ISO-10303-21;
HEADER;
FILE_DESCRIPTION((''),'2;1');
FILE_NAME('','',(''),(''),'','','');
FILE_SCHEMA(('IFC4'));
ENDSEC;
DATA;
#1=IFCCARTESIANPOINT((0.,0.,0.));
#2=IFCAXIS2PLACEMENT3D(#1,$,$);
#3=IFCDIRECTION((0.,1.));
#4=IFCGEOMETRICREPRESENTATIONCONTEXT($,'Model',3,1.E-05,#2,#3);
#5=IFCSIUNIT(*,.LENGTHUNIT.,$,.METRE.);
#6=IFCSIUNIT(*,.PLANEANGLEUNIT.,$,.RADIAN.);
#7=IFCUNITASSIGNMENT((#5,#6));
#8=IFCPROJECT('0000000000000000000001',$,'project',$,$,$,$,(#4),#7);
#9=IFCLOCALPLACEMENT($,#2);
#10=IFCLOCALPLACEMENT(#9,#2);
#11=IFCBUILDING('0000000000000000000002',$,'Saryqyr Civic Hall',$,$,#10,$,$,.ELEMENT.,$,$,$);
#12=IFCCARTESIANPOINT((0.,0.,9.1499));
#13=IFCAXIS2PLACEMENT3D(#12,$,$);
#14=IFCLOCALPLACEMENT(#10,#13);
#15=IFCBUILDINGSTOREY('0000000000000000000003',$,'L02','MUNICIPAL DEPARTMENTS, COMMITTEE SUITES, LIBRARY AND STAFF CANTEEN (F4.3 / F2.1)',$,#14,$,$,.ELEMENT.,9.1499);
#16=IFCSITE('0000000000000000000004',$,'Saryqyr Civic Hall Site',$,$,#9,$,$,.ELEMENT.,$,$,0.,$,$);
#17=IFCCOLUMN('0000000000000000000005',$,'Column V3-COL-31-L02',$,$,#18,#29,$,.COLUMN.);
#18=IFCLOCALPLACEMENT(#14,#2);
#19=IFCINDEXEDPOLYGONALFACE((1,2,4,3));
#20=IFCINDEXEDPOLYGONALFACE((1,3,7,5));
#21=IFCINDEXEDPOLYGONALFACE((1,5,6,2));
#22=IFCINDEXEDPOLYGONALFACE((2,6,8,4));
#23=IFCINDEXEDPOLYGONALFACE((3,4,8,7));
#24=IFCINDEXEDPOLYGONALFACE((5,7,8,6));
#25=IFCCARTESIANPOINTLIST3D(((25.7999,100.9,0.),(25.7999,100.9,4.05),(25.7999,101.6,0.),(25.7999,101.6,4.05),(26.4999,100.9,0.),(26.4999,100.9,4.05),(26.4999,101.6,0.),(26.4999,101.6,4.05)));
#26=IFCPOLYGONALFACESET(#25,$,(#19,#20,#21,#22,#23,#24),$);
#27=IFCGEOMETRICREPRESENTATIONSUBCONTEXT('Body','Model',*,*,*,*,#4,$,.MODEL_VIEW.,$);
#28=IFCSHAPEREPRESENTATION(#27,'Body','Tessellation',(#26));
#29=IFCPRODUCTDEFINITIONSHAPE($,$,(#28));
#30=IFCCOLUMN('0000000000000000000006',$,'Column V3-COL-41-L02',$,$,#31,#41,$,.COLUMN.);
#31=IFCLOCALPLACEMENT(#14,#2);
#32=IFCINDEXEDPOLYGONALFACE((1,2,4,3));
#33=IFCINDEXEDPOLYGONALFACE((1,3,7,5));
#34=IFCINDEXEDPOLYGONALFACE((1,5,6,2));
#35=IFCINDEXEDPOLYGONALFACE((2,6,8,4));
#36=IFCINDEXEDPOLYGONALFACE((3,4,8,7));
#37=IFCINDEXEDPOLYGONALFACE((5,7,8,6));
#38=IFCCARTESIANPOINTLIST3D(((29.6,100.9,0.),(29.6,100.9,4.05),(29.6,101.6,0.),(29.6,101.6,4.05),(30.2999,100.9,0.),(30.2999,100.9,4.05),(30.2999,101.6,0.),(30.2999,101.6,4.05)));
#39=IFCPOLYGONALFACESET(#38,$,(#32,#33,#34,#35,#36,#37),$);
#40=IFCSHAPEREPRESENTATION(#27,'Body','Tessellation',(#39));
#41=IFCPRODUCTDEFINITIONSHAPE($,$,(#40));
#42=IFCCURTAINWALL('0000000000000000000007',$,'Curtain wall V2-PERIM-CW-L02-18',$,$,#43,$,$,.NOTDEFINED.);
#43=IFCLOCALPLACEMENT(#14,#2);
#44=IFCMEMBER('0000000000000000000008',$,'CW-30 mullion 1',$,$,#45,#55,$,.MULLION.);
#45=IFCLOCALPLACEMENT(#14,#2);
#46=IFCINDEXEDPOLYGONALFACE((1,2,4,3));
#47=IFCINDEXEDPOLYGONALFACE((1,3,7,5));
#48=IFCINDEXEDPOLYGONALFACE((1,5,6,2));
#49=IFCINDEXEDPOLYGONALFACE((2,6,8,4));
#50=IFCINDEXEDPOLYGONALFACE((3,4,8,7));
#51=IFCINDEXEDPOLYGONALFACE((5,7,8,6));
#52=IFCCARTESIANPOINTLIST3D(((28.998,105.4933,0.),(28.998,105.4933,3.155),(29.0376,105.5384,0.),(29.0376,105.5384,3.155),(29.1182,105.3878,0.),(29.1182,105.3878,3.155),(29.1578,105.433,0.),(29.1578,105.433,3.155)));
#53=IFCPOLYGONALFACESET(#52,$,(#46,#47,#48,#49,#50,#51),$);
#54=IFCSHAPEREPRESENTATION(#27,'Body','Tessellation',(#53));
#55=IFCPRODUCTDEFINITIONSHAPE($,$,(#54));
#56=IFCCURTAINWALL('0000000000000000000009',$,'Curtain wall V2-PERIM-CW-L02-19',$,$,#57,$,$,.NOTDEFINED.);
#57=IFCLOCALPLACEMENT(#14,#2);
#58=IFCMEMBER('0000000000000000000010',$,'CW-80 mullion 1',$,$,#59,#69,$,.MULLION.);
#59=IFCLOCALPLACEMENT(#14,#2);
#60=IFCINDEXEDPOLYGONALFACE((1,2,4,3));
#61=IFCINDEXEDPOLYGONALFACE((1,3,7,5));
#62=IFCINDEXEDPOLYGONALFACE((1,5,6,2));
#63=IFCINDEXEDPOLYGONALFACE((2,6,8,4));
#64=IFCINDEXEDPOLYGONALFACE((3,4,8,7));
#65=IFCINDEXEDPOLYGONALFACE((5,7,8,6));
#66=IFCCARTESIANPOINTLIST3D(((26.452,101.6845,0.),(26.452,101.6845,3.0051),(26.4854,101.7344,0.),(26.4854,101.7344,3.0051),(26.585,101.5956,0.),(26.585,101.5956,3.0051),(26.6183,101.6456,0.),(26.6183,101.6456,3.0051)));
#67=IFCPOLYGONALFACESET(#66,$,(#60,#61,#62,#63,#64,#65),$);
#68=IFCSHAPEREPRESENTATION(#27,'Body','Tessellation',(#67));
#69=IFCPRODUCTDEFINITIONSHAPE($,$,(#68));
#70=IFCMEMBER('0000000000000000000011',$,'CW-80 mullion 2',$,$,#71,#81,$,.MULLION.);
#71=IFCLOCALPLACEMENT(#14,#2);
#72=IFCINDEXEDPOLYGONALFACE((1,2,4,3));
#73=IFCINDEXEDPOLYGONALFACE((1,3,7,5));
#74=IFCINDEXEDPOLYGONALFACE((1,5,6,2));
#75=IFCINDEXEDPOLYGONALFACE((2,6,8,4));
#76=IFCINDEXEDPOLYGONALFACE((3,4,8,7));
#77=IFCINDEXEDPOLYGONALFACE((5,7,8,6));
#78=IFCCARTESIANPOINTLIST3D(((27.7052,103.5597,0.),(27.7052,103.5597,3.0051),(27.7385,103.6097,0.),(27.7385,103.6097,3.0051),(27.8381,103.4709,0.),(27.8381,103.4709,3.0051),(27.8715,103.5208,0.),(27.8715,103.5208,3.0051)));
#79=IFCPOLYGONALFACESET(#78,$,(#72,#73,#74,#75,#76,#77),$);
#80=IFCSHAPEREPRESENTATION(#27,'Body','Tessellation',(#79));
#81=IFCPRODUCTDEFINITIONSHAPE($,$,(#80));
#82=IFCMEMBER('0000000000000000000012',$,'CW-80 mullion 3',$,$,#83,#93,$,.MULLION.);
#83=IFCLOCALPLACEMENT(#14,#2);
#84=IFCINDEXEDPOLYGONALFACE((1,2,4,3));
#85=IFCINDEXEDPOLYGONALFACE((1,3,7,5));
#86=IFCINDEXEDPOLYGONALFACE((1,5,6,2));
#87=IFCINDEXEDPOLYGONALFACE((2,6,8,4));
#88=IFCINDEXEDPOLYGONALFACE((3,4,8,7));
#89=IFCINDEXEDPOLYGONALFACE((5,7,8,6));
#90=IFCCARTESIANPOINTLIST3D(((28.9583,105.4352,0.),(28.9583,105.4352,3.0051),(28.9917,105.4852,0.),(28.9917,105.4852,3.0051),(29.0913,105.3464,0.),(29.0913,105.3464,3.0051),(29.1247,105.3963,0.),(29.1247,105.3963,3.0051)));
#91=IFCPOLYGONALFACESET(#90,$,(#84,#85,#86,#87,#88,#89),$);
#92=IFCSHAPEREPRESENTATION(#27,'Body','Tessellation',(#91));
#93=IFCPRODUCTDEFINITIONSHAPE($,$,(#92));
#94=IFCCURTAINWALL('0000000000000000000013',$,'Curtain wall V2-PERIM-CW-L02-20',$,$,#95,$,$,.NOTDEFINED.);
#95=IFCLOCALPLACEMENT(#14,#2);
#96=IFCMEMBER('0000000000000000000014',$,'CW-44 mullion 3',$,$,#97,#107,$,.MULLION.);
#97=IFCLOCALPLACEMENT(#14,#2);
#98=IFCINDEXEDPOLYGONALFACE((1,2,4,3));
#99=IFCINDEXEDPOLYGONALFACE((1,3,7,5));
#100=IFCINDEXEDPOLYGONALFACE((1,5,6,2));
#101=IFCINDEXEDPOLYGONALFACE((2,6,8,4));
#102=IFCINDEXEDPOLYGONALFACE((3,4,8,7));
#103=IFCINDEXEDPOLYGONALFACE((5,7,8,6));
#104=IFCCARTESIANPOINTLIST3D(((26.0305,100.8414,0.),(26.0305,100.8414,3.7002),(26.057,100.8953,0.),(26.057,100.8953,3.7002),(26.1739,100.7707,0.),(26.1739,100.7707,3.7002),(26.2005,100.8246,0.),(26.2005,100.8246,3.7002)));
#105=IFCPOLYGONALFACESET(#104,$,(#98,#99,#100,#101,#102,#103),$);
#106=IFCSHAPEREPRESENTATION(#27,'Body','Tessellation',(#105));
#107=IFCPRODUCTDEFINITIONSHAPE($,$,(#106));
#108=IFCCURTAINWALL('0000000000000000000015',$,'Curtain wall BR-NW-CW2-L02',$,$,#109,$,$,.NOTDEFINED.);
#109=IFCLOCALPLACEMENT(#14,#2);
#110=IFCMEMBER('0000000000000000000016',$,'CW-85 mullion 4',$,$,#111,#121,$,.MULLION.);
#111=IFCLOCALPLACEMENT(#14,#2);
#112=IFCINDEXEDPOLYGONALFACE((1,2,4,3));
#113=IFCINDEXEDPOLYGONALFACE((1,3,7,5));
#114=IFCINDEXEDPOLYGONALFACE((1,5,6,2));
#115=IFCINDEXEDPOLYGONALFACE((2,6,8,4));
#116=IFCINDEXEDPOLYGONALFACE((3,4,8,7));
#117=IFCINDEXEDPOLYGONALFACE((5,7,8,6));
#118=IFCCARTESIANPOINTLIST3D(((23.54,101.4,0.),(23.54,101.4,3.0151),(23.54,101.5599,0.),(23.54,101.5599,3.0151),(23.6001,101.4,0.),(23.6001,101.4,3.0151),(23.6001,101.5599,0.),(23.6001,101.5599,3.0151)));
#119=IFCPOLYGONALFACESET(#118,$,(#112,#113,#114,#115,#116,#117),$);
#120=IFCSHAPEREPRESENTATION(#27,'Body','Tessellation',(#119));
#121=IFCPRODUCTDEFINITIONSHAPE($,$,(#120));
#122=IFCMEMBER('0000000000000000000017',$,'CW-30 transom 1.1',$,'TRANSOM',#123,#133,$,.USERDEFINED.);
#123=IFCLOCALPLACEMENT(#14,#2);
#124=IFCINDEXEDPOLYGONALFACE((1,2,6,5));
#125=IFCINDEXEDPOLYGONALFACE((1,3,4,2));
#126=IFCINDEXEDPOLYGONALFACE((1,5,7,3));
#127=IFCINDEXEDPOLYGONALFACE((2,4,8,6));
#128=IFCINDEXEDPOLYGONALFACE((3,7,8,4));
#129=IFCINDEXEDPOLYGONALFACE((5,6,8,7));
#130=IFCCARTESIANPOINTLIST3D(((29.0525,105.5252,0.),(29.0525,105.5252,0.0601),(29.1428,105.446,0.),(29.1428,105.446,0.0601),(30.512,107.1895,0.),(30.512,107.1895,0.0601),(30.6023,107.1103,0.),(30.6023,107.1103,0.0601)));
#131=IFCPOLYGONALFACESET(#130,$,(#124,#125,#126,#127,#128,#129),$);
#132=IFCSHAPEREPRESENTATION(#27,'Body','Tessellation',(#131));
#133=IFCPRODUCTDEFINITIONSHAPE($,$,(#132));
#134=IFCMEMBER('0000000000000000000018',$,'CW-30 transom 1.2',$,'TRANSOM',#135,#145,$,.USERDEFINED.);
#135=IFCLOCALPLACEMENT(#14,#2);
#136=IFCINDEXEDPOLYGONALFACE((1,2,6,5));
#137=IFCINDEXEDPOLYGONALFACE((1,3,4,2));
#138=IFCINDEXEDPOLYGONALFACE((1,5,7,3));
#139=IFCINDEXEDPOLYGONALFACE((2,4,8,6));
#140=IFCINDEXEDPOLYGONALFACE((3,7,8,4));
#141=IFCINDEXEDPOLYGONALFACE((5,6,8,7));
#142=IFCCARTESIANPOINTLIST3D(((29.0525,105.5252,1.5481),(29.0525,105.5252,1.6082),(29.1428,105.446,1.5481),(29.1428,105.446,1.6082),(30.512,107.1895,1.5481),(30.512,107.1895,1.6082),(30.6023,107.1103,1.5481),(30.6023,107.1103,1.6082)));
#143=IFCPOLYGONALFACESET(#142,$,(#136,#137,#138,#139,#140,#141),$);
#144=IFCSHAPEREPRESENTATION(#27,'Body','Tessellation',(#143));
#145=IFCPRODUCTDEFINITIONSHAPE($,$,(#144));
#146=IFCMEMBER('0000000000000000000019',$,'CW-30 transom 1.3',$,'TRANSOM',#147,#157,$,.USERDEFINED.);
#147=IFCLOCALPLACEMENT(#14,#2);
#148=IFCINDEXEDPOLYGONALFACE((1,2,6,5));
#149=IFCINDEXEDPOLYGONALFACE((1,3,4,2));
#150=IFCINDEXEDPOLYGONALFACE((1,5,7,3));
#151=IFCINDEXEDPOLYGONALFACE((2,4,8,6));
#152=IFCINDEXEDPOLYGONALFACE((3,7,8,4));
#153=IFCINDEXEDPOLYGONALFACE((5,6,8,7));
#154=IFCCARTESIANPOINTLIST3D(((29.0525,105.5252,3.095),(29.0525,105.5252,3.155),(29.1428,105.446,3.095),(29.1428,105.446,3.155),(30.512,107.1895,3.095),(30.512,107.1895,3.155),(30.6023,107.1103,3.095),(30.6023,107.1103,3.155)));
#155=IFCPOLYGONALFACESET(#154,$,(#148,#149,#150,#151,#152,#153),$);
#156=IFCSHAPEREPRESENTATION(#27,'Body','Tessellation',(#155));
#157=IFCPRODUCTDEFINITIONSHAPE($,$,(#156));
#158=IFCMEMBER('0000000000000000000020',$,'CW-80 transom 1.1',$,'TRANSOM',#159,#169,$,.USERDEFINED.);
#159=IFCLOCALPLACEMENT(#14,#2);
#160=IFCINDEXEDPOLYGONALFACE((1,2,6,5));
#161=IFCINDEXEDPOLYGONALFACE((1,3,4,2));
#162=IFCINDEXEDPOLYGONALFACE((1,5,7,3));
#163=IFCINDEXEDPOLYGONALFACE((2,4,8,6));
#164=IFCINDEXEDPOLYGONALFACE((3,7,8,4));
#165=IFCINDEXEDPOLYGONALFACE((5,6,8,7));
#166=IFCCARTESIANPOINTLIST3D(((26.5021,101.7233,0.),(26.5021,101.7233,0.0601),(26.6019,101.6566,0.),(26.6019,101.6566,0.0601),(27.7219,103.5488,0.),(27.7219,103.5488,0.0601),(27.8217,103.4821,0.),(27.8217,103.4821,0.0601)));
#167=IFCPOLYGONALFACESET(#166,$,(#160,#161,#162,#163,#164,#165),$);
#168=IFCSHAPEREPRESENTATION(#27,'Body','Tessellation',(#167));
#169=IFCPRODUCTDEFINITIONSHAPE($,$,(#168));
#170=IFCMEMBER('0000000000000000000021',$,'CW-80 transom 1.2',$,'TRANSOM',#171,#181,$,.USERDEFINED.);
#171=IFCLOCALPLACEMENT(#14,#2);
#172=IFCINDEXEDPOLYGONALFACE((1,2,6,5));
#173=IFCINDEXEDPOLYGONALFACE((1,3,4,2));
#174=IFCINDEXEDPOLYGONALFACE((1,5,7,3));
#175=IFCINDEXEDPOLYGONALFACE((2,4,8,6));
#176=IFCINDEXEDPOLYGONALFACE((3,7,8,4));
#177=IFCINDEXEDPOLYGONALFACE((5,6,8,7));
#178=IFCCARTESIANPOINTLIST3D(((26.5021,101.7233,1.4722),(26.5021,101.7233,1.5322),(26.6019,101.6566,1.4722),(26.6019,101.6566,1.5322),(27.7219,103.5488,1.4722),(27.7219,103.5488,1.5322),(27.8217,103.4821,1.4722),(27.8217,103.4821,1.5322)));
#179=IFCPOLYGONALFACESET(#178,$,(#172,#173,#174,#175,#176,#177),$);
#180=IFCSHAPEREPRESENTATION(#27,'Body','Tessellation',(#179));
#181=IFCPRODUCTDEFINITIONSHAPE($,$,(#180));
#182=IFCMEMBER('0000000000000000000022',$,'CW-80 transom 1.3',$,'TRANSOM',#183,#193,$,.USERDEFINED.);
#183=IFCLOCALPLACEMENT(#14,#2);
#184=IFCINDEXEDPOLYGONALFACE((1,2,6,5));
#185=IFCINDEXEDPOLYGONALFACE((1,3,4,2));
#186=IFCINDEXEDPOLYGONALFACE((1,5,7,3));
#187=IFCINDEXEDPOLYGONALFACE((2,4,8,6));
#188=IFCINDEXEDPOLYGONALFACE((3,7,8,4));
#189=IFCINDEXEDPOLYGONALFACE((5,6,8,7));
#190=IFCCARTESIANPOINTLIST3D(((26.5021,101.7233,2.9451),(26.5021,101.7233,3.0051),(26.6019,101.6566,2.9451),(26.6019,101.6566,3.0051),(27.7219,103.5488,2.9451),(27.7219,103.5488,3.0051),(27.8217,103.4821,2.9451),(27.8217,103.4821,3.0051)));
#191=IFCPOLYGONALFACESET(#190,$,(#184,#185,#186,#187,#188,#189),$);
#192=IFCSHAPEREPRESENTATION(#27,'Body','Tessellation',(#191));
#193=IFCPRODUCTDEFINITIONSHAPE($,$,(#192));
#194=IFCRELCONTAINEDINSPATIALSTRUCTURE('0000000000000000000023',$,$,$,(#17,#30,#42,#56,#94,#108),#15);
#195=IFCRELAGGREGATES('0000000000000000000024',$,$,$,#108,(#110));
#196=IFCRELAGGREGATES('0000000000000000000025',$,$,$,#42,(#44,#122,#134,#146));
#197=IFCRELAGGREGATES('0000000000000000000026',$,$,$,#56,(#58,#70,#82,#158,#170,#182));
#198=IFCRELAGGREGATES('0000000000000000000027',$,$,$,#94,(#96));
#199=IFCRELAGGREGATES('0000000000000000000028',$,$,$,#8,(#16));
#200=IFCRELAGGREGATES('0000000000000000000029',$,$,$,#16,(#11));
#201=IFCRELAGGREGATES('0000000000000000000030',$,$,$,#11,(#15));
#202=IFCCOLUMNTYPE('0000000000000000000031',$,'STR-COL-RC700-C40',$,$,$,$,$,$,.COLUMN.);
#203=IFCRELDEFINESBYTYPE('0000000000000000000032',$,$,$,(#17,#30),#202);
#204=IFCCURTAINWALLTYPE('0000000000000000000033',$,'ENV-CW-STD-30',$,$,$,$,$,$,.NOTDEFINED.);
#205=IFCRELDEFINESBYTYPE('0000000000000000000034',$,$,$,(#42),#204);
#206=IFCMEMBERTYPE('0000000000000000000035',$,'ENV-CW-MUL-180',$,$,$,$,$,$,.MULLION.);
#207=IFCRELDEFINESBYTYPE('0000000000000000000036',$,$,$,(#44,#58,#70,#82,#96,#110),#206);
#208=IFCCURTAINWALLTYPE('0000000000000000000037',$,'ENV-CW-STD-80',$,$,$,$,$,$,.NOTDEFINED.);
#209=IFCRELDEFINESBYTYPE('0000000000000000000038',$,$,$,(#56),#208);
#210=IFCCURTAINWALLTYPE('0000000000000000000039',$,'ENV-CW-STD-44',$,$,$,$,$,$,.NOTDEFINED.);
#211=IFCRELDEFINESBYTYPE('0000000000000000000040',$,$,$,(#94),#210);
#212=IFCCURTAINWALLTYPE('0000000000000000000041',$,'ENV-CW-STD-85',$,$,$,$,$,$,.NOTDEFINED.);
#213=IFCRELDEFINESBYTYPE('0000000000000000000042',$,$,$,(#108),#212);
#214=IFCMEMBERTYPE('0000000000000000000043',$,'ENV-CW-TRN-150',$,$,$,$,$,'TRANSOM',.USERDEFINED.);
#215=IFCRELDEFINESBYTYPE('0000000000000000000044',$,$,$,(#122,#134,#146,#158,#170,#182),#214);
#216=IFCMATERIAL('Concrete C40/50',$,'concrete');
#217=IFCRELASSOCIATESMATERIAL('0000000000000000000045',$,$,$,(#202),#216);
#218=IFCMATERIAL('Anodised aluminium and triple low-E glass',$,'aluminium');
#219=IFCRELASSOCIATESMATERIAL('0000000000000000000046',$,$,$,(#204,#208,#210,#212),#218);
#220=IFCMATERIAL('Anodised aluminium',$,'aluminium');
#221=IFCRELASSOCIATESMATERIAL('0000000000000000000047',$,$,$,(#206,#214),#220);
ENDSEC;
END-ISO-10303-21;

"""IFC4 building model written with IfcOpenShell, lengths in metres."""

from ifc_helpers import new_model, si_unit, direction, frame, origin, origin_2d, place, context, subcontext, project, spatial, rectangle, extrude, material, material_profile, profile_set, type_object, element, aggregate, save


model = new_model("IFC4")

# Units and contexts
model_context = context("Model", 3, precision=1e-05, world=origin(), true_north=direction((0.0, 1.0)))
body_context = subcontext(model_context, "Body", "Model", "MODEL_VIEW")
ifc_project = project(units=[si_unit("LENGTHUNIT", "METRE"), si_unit("PLANEANGLEUNIT", "RADIAN")], contexts=[model_context])

# Site, building, storey
site_placement = place(None, origin())
site = spatial("IfcSite", under=ifc_project, at=site_placement, Name="Saryqyr Civic Hall Site", CompositionType="ELEMENT", RefElevation=0.0)
building_placement = place(site_placement, origin())
building = spatial("IfcBuilding", under=site, at=building_placement, Name="Saryqyr Civic Hall", CompositionType="ELEMENT")
storey_placement = place(building_placement, frame((0.0, 0.0, 9.1499)))
storey = spatial("IfcBuildingStorey", under=building, at=storey_placement, Name="L02", Description="MUNICIPAL DEPARTMENTS, COMMITTEE SUITES, LIBRARY AND STAFF CANTEEN (F4.3 / F2.1)", CompositionType="ELEMENT", Elevation=9.1499)

# Columns
ifc_material_1 = material(Name="Concrete C40/50", Category="concrete")
ifc_material_profile_1 = material_profile(ifc_material_1, rectangle(XDim=0.7, YDim=0.7, at=origin_2d()), Name="RC 700x700")
ifc_profile_set_1 = profile_set([ifc_material_profile_1], Name="Concrete C40/50")
column_type = type_object("IfcColumnType", Name="STR-COL-RC700-C40", PredefinedType="COLUMN", material=ifc_profile_set_1)
for number, where, z_axis, x_axis, name in (
    (1, (26.1499, 101.25, 0.0), (0.0, 0.0, 1.0), (1.0, 0.0, 0.0), "Column V3-COL-31-L02"),
    (2, (29.95, 101.25, 0.0), (0.0, 0.0, 1.0), (1.0, 0.0, 0.0), "Column V3-COL-41-L02"),
):
    element("IfcColumn", number, at=place(storey_placement, frame(where, z_axis=z_axis, x_axis=x_axis)), inside=storey, type_object=column_type, Name=name, PredefinedType="COLUMN", context=body_context, shape_type="SweptSolid", body=[
        extrude(rectangle(XDim=0.7, YDim=0.7, at=origin_2d()), origin(), (0.0, 0.0, 1.0), 4.05),
    ])

# Curtain wall, member
ifc_material_2 = material(Name="Anodised aluminium and triple low-E glass", Category="aluminium")
curtain_wall_type_1 = type_object("IfcCurtainWallType", Name="ENV-CW-STD-30", PredefinedType="NOTDEFINED", material=ifc_material_2)
curtain_wall_1_placement = place(storey_placement, origin())
curtain_wall_1 = element("IfcCurtainWall", 3, at=curtain_wall_1_placement, inside=storey, type_object=curtain_wall_type_1, Name="Curtain wall V2-PERIM-CW-L02-18", PredefinedType="NOTDEFINED")
ifc_material_3 = material(Name="Anodised aluminium", Category="aluminium")
ifc_material_profile_2 = material_profile(ifc_material_3, rectangle(XDim=0.0601, YDim=0.1599, at=origin_2d()), Name="ALU MULLION 60x160")
ifc_profile_set_2 = profile_set([ifc_material_profile_2], Name="Anodised aluminium")
member_type_1 = type_object("IfcMemberType", Name="ENV-CW-MUL-180", PredefinedType="MULLION", material=ifc_profile_set_2)
member_1_placement = place(storey_placement, frame((29.0779, 105.4631, 0.0), z_axis=(0.0, 0.0, 1.0), x_axis=(0.659348, 0.751838, 0.0)))
member_1 = element("IfcMember", 4, at=member_1_placement, type_object=member_type_1, Name="CW-30 mullion 1", PredefinedType="MULLION", context=body_context, shape_type="SweptSolid", body=[
    extrude(rectangle(XDim=0.0601, YDim=0.1599, at=origin_2d()), origin(), (0.0, 0.0, 1.0), 3.155),
])

# Curtain wall, members
curtain_wall_type_2 = type_object("IfcCurtainWallType", Name="ENV-CW-STD-80", PredefinedType="NOTDEFINED", material=ifc_material_2)
curtain_wall_2_placement = place(storey_placement, origin())
curtain_wall_2 = element("IfcCurtainWall", 5, at=curtain_wall_2_placement, inside=storey, type_object=curtain_wall_type_2, Name="Curtain wall V2-PERIM-CW-L02-19", PredefinedType="NOTDEFINED")
member_2_placement = place(storey_placement, frame((26.5352, 101.665, 0.0), z_axis=(0.0, 0.0, 1.0), x_axis=(0.555573, 0.831468, 0.0)))
member_2 = element("IfcMember", 6, at=member_2_placement, type_object=member_type_1, Name="CW-80 mullion 1", PredefinedType="MULLION", context=body_context, shape_type="SweptSolid", body=[
    extrude(rectangle(XDim=0.0601, YDim=0.1599, at=origin_2d()), origin(), (0.0, 0.0, 1.0), 3.0051),
])
member_3_placement = place(storey_placement, frame((27.7883, 103.5403, 0.0), z_axis=(0.0, 0.0, 1.0), x_axis=(0.555573, 0.831468, 0.0)))
member_3 = element("IfcMember", 7, at=member_3_placement, type_object=member_type_1, Name="CW-80 mullion 2", PredefinedType="MULLION", context=body_context, shape_type="SweptSolid", body=[
    extrude(rectangle(XDim=0.0601, YDim=0.1599, at=origin_2d()), origin(), (0.0, 0.0, 1.0), 3.0051),
])
member_4_placement = place(storey_placement, frame((29.0415, 105.4158, 0.0), z_axis=(0.0, 0.0, 1.0), x_axis=(0.555573, 0.831468, 0.0)))
member_4 = element("IfcMember", 8, at=member_4_placement, type_object=member_type_1, Name="CW-80 mullion 3", PredefinedType="MULLION", context=body_context, shape_type="SweptSolid", body=[
    extrude(rectangle(XDim=0.0601, YDim=0.1599, at=origin_2d()), origin(), (0.0, 0.0, 1.0), 3.0051),
])

# Curtain walls, members
curtain_wall_type_3 = type_object("IfcCurtainWallType", Name="ENV-CW-STD-44", PredefinedType="NOTDEFINED", material=ifc_material_2)
curtain_wall_3_placement = place(storey_placement, origin())
curtain_wall_3 = element("IfcCurtainWall", 9, at=curtain_wall_3_placement, inside=storey, type_object=curtain_wall_type_3, Name="Curtain wall V2-PERIM-CW-L02-20", PredefinedType="NOTDEFINED")
member_5_placement = place(storey_placement, frame((26.1155, 100.833, 0.0), z_axis=(0.0, 0.0, 1.0), x_axis=(0.442274, 0.89688, 0.0)))
member_5 = element("IfcMember", 10, at=member_5_placement, type_object=member_type_1, Name="CW-44 mullion 3", PredefinedType="MULLION", context=body_context, shape_type="SweptSolid", body=[
    extrude(rectangle(XDim=0.0601, YDim=0.1599, at=origin_2d()), origin(), (0.0, 0.0, 1.0), 3.7002),
])
curtain_wall_type_4 = type_object("IfcCurtainWallType", Name="ENV-CW-STD-85", PredefinedType="NOTDEFINED", material=ifc_material_2)
curtain_wall_4_placement = place(storey_placement, origin())
curtain_wall_4 = element("IfcCurtainWall", 11, at=curtain_wall_4_placement, inside=storey, type_object=curtain_wall_type_4, Name="Curtain wall BR-NW-CW2-L02", PredefinedType="NOTDEFINED")
member_6_placement = place(storey_placement, frame((23.5701, 101.48, 0.0), z_axis=(0.0, 0.0, 1.0), x_axis=(1.0, 0.0, 0.0)))
member_6 = element("IfcMember", 12, at=member_6_placement, type_object=member_type_1, Name="CW-85 mullion 4", PredefinedType="MULLION", context=body_context, shape_type="SweptSolid", body=[
    extrude(rectangle(XDim=0.0601, YDim=0.1599, at=origin_2d()), origin(), (0.0, 0.0, 1.0), 3.0151),
])
aggregate(curtain_wall_4, [member_6])

# Members
ifc_material_profile_3 = material_profile(ifc_material_3, rectangle(XDim=0.1201, YDim=0.0601, at=origin_2d()), Name="ALU TRANSOM 120x60")
ifc_profile_set_3 = profile_set([ifc_material_profile_3], Name="Anodised aluminium")
member_type_2 = type_object("IfcMemberType", Name="ENV-CW-TRN-150", ElementType="TRANSOM", PredefinedType="USERDEFINED", material=ifc_profile_set_3)
member_7_placement = place(storey_placement, frame((29.0977, 105.4856, 0.03), z_axis=(0.659324, 0.751859, 0.0), x_axis=(-0.751859, 0.659324, 0.0)))
member_7 = element("IfcMember", 13, at=member_7_placement, type_object=member_type_2, Name="CW-30 transom 1.1", ObjectType="TRANSOM", PredefinedType="USERDEFINED", context=body_context, shape_type="SweptSolid", body=[
    extrude(rectangle(XDim=0.1201, YDim=0.0601, at=origin_2d()), origin(), (0.0, 0.0, 1.0), 2.2136),
])
member_8_placement = place(storey_placement, frame((29.0977, 105.4856, 1.5781), z_axis=(0.659324, 0.751859, 0.0), x_axis=(-0.751859, 0.659324, 0.0)))
member_8 = element("IfcMember", 14, at=member_8_placement, type_object=member_type_2, Name="CW-30 transom 1.2", ObjectType="TRANSOM", PredefinedType="USERDEFINED", context=body_context, shape_type="SweptSolid", body=[
    extrude(rectangle(XDim=0.1201, YDim=0.0601, at=origin_2d()), origin(), (0.0, 0.0, 1.0), 2.2136),
])
member_9_placement = place(storey_placement, frame((29.0977, 105.4856, 3.125), z_axis=(0.659324, 0.751859, 0.0), x_axis=(-0.751859, 0.659324, 0.0)))
member_9 = element("IfcMember", 15, at=member_9_placement, type_object=member_type_2, Name="CW-30 transom 1.3", ObjectType="TRANSOM", PredefinedType="USERDEFINED", context=body_context, shape_type="SweptSolid", body=[
    extrude(rectangle(XDim=0.1201, YDim=0.0601, at=origin_2d()), origin(), (0.0, 0.0, 1.0), 2.2136),
])
member_10_placement = place(storey_placement, frame((26.552, 101.6899, 0.03), z_axis=(0.555572, 0.831468, 0.0), x_axis=(-0.831468, 0.555572, 0.0)))
member_10 = element("IfcMember", 16, at=member_10_placement, type_object=member_type_2, Name="CW-80 transom 1.1", ObjectType="TRANSOM", PredefinedType="USERDEFINED", context=body_context, shape_type="SweptSolid", body=[
    extrude(rectangle(XDim=0.1201, YDim=0.0601, at=origin_2d()), origin(), (0.0, 0.0, 1.0), 2.1956),
])
member_11_placement = place(storey_placement, frame((26.552, 101.6899, 1.5022), z_axis=(0.555572, 0.831468, 0.0), x_axis=(-0.831468, 0.555572, 0.0)))
member_11 = element("IfcMember", 17, at=member_11_placement, type_object=member_type_2, Name="CW-80 transom 1.2", ObjectType="TRANSOM", PredefinedType="USERDEFINED", context=body_context, shape_type="SweptSolid", body=[
    extrude(rectangle(XDim=0.1201, YDim=0.0601, at=origin_2d()), origin(), (0.0, 0.0, 1.0), 2.1956),
])
member_12_placement = place(storey_placement, frame((26.552, 101.6899, 2.9751), z_axis=(0.555572, 0.831468, 0.0), x_axis=(-0.831468, 0.555572, 0.0)))
member_12 = element("IfcMember", 18, at=member_12_placement, type_object=member_type_2, Name="CW-80 transom 1.3", ObjectType="TRANSOM", PredefinedType="USERDEFINED", context=body_context, shape_type="SweptSolid", body=[
    extrude(rectangle(XDim=0.1201, YDim=0.0601, at=origin_2d()), origin(), (0.0, 0.0, 1.0), 2.1956),
])

aggregate(curtain_wall_1, [member_1, member_7, member_8, member_9])
aggregate(curtain_wall_2, [member_2, member_3, member_4, member_10, member_11, member_12])
aggregate(curtain_wall_3, [member_5])

save(model, "model.ifc")
